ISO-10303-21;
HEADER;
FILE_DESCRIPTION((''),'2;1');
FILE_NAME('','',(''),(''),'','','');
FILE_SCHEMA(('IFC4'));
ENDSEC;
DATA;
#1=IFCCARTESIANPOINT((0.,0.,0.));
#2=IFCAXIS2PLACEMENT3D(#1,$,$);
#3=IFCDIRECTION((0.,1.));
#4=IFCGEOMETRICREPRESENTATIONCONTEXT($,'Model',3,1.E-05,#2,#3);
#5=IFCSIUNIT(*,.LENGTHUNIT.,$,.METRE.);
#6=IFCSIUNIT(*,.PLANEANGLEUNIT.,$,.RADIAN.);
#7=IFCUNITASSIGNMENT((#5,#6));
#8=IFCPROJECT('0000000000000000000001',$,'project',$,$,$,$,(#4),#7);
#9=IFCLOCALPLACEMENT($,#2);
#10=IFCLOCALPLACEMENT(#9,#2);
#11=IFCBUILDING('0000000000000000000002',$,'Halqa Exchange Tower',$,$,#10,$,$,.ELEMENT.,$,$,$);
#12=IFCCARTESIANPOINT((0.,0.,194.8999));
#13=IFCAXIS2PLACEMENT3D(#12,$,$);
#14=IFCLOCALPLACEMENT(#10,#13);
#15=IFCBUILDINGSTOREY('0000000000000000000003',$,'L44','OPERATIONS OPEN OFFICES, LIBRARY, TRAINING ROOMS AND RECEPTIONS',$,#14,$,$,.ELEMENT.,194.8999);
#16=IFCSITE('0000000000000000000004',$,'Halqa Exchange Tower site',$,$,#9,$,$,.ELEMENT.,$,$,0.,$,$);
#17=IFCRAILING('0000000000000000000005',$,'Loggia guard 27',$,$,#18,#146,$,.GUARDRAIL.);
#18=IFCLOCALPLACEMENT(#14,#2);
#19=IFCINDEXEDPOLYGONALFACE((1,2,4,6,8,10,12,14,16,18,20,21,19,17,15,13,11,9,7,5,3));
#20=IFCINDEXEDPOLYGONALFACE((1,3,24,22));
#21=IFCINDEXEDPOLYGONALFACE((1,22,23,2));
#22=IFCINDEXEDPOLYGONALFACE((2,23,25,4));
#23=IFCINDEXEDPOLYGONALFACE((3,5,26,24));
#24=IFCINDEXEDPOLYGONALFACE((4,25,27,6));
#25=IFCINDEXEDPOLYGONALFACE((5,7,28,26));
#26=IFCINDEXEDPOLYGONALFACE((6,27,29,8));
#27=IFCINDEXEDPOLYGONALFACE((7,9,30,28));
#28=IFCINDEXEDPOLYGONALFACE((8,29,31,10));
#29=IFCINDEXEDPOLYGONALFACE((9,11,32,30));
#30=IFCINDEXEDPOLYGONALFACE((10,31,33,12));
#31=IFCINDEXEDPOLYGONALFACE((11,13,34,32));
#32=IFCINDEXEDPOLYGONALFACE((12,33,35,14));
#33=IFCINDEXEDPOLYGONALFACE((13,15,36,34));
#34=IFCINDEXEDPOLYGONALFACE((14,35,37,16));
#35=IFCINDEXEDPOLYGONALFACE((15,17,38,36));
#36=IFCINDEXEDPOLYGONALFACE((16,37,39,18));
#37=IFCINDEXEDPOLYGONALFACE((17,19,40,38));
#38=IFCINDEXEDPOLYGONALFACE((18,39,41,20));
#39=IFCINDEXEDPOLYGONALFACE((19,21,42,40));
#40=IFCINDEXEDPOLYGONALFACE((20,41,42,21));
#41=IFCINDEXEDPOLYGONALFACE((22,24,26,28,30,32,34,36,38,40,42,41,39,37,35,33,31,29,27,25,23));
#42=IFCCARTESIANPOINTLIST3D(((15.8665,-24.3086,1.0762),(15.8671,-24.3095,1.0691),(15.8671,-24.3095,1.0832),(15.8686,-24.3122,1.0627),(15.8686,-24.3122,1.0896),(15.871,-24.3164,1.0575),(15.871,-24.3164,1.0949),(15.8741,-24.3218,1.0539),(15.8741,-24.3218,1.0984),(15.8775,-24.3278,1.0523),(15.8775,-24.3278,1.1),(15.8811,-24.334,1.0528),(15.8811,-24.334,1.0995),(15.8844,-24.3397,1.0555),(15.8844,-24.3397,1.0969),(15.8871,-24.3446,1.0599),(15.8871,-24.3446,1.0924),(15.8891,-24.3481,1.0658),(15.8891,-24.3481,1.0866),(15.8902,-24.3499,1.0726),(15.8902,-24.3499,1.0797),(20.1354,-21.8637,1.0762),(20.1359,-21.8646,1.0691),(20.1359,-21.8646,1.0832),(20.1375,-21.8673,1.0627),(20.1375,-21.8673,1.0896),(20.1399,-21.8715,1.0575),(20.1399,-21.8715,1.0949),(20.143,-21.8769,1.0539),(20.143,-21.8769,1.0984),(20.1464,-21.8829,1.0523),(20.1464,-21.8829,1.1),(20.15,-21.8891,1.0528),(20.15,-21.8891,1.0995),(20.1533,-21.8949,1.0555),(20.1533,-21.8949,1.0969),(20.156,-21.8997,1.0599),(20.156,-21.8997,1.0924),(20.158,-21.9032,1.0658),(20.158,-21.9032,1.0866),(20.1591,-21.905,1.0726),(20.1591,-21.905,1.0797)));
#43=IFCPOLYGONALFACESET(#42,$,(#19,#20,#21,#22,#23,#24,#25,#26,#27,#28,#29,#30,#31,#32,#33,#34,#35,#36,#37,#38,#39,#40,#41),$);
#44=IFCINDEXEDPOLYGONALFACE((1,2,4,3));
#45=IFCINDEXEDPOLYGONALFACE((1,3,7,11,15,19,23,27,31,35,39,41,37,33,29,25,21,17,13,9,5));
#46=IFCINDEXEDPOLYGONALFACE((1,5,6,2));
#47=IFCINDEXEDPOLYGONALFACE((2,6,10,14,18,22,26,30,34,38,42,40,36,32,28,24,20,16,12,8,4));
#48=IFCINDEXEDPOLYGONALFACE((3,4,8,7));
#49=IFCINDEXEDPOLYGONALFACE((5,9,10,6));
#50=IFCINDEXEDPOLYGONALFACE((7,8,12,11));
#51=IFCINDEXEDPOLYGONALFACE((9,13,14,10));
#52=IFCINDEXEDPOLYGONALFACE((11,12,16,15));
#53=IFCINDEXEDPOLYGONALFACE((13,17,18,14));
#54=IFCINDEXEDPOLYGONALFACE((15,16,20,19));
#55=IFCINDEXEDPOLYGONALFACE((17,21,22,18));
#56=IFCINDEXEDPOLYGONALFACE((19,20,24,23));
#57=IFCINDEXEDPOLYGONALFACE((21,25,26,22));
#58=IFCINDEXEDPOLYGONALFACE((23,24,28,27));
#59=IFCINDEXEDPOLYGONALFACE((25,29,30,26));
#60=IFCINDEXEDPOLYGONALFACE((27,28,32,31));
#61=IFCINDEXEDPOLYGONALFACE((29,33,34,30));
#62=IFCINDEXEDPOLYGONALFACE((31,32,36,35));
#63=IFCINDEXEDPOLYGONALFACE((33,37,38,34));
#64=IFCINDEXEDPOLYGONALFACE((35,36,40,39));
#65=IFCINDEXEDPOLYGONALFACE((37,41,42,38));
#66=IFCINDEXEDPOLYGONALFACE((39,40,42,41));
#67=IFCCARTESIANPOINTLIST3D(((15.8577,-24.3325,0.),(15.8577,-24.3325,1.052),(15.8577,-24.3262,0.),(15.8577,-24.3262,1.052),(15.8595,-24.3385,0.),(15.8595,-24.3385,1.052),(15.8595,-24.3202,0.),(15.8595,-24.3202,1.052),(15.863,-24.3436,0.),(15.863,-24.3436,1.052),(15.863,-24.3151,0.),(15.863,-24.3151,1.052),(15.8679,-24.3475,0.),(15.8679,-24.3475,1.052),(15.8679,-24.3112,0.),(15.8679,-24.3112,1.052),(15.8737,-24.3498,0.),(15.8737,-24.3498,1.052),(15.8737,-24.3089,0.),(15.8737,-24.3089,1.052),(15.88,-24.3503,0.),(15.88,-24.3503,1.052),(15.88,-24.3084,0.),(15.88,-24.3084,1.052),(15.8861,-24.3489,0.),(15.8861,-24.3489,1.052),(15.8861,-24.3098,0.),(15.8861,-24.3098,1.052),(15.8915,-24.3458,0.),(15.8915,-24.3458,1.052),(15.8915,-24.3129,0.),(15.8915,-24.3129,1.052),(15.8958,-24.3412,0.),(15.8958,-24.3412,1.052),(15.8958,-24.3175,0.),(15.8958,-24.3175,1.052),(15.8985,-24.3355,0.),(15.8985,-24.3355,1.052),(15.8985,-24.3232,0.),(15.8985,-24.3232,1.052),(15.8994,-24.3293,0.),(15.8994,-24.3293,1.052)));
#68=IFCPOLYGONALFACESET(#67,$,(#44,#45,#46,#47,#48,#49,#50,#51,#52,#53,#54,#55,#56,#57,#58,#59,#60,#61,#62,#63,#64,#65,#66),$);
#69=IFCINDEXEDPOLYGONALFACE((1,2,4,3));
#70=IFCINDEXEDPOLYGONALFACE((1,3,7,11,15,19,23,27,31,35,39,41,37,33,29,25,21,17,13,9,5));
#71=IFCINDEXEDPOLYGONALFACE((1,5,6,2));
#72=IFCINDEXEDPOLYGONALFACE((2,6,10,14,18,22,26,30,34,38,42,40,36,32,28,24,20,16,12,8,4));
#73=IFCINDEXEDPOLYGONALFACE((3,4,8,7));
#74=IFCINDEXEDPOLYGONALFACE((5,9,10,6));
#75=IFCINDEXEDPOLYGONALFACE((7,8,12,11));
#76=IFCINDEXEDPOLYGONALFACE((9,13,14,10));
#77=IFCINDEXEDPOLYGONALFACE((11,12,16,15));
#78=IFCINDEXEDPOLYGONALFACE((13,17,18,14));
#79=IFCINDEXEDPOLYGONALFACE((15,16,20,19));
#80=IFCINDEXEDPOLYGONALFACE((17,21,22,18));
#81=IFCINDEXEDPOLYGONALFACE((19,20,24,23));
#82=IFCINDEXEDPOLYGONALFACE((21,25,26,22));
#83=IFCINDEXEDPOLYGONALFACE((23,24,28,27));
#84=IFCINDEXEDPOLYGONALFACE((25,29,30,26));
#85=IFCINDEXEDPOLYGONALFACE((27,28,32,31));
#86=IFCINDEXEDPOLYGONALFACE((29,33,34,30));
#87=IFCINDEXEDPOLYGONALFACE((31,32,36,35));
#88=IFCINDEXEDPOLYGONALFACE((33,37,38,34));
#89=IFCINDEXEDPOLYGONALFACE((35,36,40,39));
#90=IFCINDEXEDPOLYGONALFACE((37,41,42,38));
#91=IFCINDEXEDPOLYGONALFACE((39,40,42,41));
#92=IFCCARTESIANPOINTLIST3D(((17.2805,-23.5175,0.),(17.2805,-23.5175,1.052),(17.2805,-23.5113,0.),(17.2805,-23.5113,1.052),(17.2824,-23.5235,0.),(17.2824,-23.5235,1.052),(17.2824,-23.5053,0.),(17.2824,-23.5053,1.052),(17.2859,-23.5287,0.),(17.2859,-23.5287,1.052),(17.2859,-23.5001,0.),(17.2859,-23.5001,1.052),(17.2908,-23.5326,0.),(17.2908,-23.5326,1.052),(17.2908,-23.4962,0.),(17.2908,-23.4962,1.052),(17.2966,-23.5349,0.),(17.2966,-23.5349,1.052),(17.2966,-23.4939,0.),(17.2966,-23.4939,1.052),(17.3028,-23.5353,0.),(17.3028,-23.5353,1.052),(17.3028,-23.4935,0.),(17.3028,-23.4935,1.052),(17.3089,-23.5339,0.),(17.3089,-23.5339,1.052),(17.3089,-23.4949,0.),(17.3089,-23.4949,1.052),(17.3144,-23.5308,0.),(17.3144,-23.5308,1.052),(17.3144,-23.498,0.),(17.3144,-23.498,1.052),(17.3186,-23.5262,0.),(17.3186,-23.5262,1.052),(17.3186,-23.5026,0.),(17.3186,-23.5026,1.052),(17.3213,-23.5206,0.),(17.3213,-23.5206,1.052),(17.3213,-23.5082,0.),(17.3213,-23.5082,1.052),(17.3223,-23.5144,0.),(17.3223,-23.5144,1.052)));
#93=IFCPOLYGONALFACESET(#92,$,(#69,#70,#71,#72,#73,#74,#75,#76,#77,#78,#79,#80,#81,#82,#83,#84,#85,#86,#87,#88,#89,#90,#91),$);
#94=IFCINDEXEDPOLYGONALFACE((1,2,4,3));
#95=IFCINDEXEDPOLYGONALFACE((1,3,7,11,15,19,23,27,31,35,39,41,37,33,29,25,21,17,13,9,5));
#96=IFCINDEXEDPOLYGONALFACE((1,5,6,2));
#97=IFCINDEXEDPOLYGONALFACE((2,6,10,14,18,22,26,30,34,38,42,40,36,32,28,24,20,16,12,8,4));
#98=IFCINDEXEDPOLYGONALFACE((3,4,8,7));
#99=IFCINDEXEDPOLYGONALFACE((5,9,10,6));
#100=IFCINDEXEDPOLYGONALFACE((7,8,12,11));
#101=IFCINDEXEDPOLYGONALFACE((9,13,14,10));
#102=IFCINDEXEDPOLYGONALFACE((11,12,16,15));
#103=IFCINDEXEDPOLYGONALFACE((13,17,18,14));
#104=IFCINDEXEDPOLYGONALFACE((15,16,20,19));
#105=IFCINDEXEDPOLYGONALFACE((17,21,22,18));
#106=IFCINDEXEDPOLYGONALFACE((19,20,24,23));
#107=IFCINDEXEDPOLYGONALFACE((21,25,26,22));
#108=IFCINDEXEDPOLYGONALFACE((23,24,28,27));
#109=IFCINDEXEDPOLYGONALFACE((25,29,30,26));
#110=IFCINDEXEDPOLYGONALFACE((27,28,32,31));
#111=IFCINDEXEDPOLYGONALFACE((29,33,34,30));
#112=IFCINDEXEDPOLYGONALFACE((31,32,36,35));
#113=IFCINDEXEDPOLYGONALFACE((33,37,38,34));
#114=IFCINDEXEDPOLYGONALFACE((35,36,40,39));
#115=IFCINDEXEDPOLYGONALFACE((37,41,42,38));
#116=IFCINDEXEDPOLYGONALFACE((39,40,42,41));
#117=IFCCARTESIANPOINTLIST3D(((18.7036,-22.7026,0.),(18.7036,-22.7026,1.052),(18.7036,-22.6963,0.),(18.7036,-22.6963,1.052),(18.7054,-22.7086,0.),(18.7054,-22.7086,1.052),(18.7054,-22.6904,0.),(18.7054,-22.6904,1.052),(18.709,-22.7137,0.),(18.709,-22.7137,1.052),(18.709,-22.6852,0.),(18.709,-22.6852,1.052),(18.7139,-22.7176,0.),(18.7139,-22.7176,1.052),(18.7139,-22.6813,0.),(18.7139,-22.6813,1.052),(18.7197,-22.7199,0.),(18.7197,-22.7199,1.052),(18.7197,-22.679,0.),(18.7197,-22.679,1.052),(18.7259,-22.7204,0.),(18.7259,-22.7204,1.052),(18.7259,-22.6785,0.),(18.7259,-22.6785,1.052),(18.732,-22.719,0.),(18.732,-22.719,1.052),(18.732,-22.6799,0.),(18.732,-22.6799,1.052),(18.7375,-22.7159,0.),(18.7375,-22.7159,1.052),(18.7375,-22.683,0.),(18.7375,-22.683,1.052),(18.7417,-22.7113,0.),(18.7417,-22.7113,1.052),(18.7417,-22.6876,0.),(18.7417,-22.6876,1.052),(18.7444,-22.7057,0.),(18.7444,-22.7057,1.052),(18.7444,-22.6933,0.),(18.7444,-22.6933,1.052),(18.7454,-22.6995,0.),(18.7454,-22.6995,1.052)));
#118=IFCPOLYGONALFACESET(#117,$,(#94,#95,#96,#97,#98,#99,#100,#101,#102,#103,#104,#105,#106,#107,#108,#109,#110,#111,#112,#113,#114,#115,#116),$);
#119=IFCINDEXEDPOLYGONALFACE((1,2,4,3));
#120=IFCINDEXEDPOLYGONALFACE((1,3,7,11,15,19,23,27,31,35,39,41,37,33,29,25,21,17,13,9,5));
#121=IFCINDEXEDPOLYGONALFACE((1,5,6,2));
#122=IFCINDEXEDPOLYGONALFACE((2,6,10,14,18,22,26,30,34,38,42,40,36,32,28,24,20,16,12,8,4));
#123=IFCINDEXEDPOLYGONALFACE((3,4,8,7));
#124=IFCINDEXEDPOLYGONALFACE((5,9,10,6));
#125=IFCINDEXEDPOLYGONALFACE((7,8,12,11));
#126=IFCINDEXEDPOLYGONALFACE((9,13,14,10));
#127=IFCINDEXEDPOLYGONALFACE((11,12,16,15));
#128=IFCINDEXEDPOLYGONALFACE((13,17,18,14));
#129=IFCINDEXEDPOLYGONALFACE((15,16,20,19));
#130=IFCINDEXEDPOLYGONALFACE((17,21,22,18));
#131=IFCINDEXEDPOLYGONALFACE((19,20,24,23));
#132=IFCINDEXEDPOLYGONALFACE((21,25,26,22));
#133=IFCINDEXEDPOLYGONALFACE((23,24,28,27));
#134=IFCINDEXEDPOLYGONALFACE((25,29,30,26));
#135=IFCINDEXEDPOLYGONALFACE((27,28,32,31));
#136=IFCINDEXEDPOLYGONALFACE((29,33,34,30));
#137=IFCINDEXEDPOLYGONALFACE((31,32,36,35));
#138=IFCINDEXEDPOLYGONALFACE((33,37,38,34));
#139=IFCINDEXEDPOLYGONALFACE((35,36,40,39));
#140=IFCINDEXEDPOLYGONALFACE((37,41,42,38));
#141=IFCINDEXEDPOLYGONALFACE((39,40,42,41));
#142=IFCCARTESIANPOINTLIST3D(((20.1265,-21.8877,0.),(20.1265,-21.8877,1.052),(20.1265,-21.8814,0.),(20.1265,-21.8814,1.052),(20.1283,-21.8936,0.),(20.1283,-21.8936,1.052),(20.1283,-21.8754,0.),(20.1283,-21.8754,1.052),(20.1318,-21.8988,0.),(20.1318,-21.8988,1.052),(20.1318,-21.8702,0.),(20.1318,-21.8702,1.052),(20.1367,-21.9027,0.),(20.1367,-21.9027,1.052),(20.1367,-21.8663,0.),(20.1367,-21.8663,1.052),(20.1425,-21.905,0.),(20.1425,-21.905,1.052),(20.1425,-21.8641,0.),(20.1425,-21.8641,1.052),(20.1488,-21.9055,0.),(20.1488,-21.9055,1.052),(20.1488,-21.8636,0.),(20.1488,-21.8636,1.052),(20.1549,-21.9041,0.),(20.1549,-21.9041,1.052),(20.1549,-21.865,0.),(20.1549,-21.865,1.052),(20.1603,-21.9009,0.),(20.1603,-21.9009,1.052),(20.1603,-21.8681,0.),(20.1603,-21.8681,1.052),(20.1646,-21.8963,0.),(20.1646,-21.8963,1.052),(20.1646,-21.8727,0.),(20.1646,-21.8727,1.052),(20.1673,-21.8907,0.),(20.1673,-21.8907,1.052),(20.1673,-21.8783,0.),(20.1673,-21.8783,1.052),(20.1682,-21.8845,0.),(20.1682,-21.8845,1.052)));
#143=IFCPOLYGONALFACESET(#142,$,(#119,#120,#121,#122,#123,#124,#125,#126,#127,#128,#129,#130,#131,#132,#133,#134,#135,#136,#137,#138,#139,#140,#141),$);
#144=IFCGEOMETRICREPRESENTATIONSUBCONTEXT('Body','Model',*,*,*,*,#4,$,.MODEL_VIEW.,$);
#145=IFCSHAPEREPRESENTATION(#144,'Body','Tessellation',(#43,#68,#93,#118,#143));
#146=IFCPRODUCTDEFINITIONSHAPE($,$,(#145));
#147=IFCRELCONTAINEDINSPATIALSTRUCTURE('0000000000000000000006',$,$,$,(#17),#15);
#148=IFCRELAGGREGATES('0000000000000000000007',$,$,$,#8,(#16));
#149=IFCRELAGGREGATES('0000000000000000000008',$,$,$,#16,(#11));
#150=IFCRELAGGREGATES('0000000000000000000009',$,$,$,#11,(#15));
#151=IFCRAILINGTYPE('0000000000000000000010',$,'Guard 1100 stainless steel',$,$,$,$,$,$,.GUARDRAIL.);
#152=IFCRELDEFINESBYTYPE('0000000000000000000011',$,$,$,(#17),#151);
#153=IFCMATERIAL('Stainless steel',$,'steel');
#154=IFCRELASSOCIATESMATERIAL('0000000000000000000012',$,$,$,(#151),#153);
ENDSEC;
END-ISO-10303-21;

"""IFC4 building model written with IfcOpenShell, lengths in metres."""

from ifc_helpers import new_model, si_unit, direction, frame, origin, origin_2d, place, context, subcontext, project, spatial, circle, extrude, material, type_object, element, save


model = new_model("IFC4")

# Units and contexts
model_context = context("Model", 3, precision=1e-05, world=origin(), true_north=direction((0.0, 1.0)))
body_context = subcontext(model_context, "Body", "Model", "MODEL_VIEW")
ifc_project = project(units=[si_unit("LENGTHUNIT", "METRE"), si_unit("PLANEANGLEUNIT", "RADIAN")], contexts=[model_context])

# Site, building, storey
site_placement = place(None, origin())
site = spatial("IfcSite", under=ifc_project, at=site_placement, Name="Halqa Exchange Tower site", CompositionType="ELEMENT", RefElevation=0.0)
building_placement = place(site_placement, origin())
building = spatial("IfcBuilding", under=site, at=building_placement, Name="Halqa Exchange Tower", CompositionType="ELEMENT")
storey_placement = place(building_placement, frame((0.0, 0.0, 194.8999)))
storey = spatial("IfcBuildingStorey", under=building, at=storey_placement, Name="L44", Description="OPERATIONS OPEN OFFICES, LIBRARY, TRAINING ROOMS AND RECEPTIONS", CompositionType="ELEMENT", Elevation=194.8999)

# Railing
ifc_material_1 = material(Name="Stainless steel", Category="steel")
railing_type = type_object("IfcRailingType", Name="Guard 1100 stainless steel", PredefinedType="GUARDRAIL", material=ifc_material_1)
railing_1_placement = place(storey_placement, frame((15.8784, -24.3293, 0.0)))
element("IfcRailing", 1, at=railing_1_placement, inside=storey, type_object=railing_type, Name="Loggia guard 27", PredefinedType="GUARDRAIL", context=body_context, shape_type="SweptSolid", body=[
    extrude(circle(Radius=0.0239, at=origin_2d()), frame((0.0, 0.0, 1.0762), z_axis=(0.86776, 0.496983, 0.0), x_axis=(-0.496983, 0.86776, 0.0)), (0.0, 0.0, 1.0), 4.9194),
    extrude(circle(Radius=0.021, at=origin_2d()), origin(), (0.0, 0.0, 1.0), 1.052),
    extrude(circle(Radius=0.021, at=origin_2d()), frame((1.4229, 0.8149, 0.0)), (0.0, 0.0, 1.0), 1.052),
    extrude(circle(Radius=0.021, at=origin_2d()), frame((2.8459, 1.6299, 0.0)), (0.0, 0.0, 1.0), 1.052),
    extrude(circle(Radius=0.021, at=origin_2d()), frame((4.2688, 2.4448, 0.0)), (0.0, 0.0, 1.0), 1.052),
])

save(model, "model.ifc")
